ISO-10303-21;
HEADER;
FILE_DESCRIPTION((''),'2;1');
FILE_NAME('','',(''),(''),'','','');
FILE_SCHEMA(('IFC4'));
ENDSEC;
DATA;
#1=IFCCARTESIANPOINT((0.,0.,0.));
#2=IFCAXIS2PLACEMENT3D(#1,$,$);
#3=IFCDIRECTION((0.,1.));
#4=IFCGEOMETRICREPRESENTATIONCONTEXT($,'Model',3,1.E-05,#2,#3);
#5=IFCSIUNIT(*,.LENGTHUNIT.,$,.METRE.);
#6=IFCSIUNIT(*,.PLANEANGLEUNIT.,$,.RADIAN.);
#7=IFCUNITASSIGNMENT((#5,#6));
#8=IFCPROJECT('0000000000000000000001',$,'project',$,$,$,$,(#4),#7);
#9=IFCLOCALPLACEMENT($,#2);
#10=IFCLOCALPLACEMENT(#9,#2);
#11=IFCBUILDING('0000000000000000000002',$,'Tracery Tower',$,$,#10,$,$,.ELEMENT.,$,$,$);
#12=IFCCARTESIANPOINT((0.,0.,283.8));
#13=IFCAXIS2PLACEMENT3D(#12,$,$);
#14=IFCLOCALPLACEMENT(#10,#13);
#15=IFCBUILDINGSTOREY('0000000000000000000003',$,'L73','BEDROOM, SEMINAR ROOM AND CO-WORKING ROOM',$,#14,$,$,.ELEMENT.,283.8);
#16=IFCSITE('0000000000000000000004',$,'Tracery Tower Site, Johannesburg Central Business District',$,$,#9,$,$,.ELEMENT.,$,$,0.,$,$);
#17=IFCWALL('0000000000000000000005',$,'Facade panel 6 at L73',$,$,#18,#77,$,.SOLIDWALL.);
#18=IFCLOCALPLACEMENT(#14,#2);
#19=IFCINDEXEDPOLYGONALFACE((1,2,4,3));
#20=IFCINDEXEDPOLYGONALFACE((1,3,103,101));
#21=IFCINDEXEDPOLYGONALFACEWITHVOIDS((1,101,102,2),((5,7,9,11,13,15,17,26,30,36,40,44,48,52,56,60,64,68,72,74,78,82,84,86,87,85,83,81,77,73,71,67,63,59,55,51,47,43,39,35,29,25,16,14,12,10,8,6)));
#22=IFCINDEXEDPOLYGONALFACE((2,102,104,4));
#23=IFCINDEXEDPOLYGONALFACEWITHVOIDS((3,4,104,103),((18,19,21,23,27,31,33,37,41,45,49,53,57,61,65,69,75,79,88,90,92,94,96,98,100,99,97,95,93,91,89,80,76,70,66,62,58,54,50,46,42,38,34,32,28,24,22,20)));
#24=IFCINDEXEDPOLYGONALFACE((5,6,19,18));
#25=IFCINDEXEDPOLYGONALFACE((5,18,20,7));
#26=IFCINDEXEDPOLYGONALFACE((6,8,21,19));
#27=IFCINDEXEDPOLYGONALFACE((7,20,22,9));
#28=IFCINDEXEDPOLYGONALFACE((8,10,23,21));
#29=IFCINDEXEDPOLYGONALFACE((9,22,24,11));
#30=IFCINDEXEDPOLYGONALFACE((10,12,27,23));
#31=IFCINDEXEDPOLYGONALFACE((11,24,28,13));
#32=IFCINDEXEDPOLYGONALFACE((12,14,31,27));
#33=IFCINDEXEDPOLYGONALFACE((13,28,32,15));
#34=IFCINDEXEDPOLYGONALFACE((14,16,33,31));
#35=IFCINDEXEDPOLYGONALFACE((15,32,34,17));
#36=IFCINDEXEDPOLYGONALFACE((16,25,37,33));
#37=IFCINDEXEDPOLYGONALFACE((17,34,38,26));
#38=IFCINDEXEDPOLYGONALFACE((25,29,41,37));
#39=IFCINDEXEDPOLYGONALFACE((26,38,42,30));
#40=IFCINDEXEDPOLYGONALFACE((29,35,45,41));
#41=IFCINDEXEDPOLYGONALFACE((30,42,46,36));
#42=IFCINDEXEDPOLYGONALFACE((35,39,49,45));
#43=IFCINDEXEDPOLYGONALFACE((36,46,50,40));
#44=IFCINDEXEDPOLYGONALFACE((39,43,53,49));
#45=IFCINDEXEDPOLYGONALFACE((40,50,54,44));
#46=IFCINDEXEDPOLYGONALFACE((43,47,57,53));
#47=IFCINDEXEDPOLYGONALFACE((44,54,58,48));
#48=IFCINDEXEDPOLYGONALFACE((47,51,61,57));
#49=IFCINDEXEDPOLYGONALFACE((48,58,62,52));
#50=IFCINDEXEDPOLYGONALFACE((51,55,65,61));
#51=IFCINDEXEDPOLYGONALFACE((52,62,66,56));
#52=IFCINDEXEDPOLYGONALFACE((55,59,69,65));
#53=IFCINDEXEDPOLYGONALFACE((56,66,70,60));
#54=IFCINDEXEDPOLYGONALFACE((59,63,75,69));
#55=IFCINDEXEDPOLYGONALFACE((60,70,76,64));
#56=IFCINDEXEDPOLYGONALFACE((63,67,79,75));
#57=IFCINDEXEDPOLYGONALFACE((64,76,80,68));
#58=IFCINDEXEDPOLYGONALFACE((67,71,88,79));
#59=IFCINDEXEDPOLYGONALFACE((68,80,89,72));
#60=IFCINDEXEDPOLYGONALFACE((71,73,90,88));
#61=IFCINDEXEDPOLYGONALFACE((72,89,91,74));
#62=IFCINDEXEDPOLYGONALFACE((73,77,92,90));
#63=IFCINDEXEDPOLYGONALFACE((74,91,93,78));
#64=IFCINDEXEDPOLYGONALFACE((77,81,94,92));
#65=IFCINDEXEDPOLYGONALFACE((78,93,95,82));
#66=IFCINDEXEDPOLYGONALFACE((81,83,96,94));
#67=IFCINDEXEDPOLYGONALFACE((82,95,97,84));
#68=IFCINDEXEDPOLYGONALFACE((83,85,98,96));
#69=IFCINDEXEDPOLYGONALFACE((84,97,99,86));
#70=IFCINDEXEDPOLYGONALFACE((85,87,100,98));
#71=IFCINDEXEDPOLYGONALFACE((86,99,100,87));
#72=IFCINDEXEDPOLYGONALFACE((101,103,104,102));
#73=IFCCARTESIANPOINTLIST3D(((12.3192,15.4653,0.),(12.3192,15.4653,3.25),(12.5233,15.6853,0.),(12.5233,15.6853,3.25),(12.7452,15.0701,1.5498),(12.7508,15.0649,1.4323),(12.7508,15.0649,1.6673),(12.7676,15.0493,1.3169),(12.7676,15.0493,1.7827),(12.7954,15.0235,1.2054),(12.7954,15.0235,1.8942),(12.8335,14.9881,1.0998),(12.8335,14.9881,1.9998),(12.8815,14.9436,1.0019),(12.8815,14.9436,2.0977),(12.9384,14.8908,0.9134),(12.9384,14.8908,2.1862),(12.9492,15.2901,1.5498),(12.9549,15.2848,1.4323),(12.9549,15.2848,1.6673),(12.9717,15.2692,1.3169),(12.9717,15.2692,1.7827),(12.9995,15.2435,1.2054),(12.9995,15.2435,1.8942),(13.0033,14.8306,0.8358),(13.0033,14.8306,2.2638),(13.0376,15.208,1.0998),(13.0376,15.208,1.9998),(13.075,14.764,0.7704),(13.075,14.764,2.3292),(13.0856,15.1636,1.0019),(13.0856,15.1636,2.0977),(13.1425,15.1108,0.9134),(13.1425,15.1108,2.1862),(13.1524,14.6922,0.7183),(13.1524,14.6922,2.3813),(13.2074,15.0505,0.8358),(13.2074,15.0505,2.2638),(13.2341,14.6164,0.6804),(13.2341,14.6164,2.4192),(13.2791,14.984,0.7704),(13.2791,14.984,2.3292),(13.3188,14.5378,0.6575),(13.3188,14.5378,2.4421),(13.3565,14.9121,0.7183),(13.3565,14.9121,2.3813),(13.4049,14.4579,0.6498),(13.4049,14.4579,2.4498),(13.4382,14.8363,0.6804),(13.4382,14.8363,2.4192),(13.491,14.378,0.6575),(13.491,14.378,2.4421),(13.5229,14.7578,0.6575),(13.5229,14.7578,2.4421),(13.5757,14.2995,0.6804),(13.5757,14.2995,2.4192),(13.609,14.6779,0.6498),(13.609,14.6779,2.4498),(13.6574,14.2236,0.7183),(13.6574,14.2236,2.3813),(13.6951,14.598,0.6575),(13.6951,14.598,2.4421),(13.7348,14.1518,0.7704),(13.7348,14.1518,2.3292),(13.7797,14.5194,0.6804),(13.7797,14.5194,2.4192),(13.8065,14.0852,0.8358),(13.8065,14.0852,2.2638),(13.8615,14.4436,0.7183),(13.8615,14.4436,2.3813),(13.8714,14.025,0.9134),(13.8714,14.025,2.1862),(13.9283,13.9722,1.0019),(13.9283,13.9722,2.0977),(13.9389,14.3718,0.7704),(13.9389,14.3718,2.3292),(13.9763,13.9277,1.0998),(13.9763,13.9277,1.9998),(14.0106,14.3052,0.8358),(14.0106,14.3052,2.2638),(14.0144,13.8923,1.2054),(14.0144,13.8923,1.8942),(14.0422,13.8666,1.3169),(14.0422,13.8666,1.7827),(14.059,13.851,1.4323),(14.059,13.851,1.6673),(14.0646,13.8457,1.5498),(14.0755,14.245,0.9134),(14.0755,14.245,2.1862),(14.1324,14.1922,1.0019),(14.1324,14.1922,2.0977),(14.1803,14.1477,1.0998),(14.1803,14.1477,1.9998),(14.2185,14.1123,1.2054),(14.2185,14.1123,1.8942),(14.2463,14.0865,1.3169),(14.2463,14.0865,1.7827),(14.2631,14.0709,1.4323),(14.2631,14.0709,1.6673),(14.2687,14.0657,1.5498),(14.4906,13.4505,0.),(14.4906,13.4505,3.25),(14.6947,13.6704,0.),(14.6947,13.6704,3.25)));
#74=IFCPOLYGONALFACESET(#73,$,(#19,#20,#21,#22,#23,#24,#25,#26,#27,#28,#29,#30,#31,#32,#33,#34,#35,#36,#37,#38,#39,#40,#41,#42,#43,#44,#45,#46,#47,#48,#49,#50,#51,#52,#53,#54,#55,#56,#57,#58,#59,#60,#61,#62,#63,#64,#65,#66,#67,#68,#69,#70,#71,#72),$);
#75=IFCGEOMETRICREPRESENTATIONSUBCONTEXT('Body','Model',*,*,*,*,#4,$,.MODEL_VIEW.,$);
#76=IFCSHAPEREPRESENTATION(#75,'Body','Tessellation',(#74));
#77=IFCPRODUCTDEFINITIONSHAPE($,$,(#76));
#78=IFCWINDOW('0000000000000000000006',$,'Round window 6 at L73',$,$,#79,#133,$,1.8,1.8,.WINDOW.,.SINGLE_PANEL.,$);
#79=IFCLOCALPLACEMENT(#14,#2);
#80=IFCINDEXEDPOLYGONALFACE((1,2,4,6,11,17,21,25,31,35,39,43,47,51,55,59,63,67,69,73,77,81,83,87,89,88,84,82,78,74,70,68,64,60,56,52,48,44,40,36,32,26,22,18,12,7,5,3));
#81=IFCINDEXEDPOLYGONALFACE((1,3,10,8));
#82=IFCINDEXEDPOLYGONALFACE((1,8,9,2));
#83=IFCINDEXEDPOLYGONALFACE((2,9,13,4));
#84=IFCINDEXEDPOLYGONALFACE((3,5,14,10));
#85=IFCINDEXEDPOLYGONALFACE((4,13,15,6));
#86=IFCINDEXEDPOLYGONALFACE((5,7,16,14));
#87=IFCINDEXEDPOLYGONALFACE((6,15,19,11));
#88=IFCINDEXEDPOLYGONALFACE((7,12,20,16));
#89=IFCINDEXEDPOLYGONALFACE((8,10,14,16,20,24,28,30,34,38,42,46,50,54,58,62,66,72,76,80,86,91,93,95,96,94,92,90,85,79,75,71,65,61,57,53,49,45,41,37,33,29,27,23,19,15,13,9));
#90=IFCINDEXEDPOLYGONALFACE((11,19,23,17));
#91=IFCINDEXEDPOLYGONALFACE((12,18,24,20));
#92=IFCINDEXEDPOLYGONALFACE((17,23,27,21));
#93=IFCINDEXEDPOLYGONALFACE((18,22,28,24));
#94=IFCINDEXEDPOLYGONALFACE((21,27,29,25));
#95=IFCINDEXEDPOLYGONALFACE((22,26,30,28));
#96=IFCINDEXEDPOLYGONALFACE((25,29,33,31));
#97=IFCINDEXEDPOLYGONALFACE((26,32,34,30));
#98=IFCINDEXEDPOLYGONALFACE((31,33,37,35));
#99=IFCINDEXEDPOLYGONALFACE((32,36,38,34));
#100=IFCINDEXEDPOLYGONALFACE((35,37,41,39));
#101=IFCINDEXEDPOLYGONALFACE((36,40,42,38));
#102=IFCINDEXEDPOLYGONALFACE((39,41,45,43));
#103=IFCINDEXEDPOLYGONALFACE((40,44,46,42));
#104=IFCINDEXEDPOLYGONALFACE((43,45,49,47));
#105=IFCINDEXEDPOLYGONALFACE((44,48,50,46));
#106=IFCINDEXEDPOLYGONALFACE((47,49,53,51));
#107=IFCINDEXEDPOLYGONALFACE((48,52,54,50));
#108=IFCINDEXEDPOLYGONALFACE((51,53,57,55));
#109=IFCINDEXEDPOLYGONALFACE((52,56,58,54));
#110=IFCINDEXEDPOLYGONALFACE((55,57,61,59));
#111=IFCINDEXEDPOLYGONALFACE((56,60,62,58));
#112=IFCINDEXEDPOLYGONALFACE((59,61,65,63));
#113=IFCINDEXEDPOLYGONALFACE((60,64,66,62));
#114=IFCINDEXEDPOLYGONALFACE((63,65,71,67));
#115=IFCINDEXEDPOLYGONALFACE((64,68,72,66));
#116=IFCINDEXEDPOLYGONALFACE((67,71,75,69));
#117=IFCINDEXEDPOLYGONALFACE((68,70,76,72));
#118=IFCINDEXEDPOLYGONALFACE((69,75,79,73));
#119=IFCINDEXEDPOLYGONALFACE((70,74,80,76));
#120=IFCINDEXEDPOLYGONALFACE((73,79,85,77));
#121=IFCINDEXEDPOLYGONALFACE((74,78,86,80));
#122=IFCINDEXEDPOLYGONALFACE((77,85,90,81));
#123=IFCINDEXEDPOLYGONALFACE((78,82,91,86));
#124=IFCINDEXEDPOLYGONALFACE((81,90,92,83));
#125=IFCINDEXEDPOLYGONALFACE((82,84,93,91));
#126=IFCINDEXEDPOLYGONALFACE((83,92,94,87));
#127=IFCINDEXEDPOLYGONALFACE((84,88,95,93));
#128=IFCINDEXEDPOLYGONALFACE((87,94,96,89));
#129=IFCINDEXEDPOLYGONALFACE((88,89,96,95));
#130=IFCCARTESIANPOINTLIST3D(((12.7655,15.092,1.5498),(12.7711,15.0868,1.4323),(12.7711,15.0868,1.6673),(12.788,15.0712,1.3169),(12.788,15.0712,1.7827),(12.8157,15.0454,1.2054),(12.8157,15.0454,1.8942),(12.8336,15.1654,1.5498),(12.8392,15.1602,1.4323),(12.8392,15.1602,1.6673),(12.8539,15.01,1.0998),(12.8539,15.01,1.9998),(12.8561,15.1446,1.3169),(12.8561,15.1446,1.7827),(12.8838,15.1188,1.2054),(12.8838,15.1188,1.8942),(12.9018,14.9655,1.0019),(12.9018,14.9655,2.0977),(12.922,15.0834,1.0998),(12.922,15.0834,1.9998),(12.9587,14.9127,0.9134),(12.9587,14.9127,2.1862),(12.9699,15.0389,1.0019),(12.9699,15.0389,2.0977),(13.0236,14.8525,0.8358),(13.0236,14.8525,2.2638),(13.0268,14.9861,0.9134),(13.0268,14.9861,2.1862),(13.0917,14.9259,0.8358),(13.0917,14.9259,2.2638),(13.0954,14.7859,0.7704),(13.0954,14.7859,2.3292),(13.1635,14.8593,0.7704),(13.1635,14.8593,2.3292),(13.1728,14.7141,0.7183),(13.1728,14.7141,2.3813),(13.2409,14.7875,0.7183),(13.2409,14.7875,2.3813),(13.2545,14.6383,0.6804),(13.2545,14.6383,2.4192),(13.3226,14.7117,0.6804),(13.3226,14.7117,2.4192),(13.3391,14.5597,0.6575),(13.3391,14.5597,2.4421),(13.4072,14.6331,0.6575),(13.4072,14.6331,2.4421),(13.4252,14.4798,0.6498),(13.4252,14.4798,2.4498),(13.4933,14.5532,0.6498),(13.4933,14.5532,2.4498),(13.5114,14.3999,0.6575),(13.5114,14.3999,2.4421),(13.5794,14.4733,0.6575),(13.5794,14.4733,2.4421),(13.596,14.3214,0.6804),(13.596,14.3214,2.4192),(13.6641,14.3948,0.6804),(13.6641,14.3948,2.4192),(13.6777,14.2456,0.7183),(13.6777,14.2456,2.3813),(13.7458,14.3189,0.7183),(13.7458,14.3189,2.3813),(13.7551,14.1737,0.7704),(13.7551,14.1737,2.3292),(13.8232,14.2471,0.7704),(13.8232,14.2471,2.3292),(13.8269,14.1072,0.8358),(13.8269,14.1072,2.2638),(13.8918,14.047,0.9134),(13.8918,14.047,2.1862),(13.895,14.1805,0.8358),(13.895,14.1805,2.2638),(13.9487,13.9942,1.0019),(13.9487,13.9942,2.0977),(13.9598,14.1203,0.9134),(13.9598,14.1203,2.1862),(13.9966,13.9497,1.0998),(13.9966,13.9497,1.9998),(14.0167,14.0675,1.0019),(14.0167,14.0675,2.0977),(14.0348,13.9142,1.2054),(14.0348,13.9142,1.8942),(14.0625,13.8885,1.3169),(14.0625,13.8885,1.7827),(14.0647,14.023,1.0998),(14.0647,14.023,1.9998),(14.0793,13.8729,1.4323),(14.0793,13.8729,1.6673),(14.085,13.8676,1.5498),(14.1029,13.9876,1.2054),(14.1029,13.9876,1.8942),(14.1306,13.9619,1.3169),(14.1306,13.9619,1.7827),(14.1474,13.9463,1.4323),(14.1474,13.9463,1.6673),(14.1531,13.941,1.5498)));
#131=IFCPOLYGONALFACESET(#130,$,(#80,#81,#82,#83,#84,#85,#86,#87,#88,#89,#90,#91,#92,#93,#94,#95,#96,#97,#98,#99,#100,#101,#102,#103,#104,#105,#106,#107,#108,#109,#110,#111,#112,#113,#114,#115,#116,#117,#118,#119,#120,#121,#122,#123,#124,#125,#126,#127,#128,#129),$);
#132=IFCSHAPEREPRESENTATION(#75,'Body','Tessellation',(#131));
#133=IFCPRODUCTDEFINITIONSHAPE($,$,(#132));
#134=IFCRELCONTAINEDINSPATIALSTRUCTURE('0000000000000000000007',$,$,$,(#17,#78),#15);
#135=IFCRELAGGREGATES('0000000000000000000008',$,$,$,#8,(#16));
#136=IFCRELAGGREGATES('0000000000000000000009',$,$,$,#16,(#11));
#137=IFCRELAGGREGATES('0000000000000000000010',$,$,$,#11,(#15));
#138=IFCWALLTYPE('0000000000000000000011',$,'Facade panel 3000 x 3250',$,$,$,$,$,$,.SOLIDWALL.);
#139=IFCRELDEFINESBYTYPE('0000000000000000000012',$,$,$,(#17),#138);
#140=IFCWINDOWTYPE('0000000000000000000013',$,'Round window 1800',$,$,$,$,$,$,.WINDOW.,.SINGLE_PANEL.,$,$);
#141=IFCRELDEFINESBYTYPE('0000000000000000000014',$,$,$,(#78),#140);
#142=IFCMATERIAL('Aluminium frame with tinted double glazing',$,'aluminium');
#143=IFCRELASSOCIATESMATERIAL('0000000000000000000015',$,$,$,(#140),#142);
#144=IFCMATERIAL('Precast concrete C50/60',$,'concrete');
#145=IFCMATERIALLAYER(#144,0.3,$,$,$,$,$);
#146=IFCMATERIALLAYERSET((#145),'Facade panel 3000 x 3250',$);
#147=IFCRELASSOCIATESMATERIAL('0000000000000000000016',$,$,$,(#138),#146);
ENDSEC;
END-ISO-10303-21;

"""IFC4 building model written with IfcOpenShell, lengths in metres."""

from ifc_helpers import new_model, si_unit, direction, frame, frame_2d, origin, origin_2d, place, context, subcontext, project, spatial, rectangle, circle, extrude, material, layer, layer_set, type_object, element, fill, save


model = new_model("IFC4")

# Units and contexts
model_context = context("Model", 3, precision=1e-05, world=origin(), true_north=direction((0.0, 1.0)))
body_context = subcontext(model_context, "Body", "Model", "MODEL_VIEW")
ifc_project = project(units=[si_unit("LENGTHUNIT", "METRE"), si_unit("PLANEANGLEUNIT", "RADIAN")], contexts=[model_context])

# Site, building, storey
site_placement = place(None, origin())
site = spatial("IfcSite", under=ifc_project, at=site_placement, Name="Tracery Tower Site, Johannesburg Central Business District", CompositionType="ELEMENT", RefElevation=0.0)
building_placement = place(site_placement, origin())
building = spatial("IfcBuilding", under=site, at=building_placement, Name="Tracery Tower", CompositionType="ELEMENT")
storey_placement = place(building_placement, frame((0.0, 0.0, 283.8)))
storey = spatial("IfcBuildingStorey", under=building, at=storey_placement, Name="L73", Description="BEDROOM, SEMINAR ROOM AND CO-WORKING ROOM", CompositionType="ELEMENT", Elevation=283.8)

# Wall, opening, window
ifc_material_1 = material(Name="Aluminium frame with tinted double glazing", Category="aluminium")
window_type = type_object("IfcWindowType", Name="Round window 1800", PartitioningType="SINGLE_PANEL", PredefinedType="WINDOW", material=ifc_material_1)
ifc_material_2 = material(Name="Precast concrete C50/60", Category="concrete")
ifc_layer_1 = layer(ifc_material_2, 0.3)
ifc_layer_set_1 = layer_set([ifc_layer_1], Name="Facade panel 3000 x 3250")
wall_type_1 = type_object("IfcWallType", Name="Facade panel 3000 x 3250", PredefinedType="SOLIDWALL", material=ifc_layer_set_1)
wall_1_placement = place(storey_placement, frame((14.5925, 13.5605, 0.0), z_axis=(0.0, 0.0, 1.0), x_axis=(-0.733028, 0.680198, 0.0)))
wall_1 = element("IfcWall", 1, at=wall_1_placement, inside=storey, type_object=wall_type_1, Name="Facade panel 6 at L73", PredefinedType="SOLIDWALL", context=body_context, shape_type="SweptSolid", body=[
    extrude(rectangle(XDim=2.9622, YDim=0.3, at=frame_2d((1.481, 0.0))), origin(), (0.0, 0.0, 1.0), 3.25),
])
opening_1_placement = place(wall_1_placement, frame((1.481, 0.0, 1.5498)))
opening_1 = element("IfcOpeningElement", 2, at=opening_1_placement, cuts=wall_1, PredefinedType="OPENING", context=body_context, shape_type="SweptSolid", body=[
    extrude(circle(Radius=0.9, at=origin_2d()), frame((0.0, 0.1599, 0.0), z_axis=(0.0, -1.0, 0.0), x_axis=(1.0, 0.0, 0.0)), (0.0, 0.0, 1.0), 0.3201),
])
window_1_placement = place(opening_1_placement, origin())
window_1 = element("IfcWindow", 3, at=window_1_placement, inside=storey, type_object=window_type, Name="Round window 6 at L73", OverallHeight=1.8, OverallWidth=1.8, PartitioningType="SINGLE_PANEL", PredefinedType="WINDOW", context=body_context, shape_type="SweptSolid", body=[
    extrude(circle(Radius=0.9, at=origin_2d()), frame((0.0, 0.1201, 0.0), z_axis=(0.0, -1.0, 0.0), x_axis=(1.0, 0.0, 0.0)), (0.0, 0.0, 1.0), 0.1001),
])
fill(opening_1, window_1)

save(model, "model.ifc")
